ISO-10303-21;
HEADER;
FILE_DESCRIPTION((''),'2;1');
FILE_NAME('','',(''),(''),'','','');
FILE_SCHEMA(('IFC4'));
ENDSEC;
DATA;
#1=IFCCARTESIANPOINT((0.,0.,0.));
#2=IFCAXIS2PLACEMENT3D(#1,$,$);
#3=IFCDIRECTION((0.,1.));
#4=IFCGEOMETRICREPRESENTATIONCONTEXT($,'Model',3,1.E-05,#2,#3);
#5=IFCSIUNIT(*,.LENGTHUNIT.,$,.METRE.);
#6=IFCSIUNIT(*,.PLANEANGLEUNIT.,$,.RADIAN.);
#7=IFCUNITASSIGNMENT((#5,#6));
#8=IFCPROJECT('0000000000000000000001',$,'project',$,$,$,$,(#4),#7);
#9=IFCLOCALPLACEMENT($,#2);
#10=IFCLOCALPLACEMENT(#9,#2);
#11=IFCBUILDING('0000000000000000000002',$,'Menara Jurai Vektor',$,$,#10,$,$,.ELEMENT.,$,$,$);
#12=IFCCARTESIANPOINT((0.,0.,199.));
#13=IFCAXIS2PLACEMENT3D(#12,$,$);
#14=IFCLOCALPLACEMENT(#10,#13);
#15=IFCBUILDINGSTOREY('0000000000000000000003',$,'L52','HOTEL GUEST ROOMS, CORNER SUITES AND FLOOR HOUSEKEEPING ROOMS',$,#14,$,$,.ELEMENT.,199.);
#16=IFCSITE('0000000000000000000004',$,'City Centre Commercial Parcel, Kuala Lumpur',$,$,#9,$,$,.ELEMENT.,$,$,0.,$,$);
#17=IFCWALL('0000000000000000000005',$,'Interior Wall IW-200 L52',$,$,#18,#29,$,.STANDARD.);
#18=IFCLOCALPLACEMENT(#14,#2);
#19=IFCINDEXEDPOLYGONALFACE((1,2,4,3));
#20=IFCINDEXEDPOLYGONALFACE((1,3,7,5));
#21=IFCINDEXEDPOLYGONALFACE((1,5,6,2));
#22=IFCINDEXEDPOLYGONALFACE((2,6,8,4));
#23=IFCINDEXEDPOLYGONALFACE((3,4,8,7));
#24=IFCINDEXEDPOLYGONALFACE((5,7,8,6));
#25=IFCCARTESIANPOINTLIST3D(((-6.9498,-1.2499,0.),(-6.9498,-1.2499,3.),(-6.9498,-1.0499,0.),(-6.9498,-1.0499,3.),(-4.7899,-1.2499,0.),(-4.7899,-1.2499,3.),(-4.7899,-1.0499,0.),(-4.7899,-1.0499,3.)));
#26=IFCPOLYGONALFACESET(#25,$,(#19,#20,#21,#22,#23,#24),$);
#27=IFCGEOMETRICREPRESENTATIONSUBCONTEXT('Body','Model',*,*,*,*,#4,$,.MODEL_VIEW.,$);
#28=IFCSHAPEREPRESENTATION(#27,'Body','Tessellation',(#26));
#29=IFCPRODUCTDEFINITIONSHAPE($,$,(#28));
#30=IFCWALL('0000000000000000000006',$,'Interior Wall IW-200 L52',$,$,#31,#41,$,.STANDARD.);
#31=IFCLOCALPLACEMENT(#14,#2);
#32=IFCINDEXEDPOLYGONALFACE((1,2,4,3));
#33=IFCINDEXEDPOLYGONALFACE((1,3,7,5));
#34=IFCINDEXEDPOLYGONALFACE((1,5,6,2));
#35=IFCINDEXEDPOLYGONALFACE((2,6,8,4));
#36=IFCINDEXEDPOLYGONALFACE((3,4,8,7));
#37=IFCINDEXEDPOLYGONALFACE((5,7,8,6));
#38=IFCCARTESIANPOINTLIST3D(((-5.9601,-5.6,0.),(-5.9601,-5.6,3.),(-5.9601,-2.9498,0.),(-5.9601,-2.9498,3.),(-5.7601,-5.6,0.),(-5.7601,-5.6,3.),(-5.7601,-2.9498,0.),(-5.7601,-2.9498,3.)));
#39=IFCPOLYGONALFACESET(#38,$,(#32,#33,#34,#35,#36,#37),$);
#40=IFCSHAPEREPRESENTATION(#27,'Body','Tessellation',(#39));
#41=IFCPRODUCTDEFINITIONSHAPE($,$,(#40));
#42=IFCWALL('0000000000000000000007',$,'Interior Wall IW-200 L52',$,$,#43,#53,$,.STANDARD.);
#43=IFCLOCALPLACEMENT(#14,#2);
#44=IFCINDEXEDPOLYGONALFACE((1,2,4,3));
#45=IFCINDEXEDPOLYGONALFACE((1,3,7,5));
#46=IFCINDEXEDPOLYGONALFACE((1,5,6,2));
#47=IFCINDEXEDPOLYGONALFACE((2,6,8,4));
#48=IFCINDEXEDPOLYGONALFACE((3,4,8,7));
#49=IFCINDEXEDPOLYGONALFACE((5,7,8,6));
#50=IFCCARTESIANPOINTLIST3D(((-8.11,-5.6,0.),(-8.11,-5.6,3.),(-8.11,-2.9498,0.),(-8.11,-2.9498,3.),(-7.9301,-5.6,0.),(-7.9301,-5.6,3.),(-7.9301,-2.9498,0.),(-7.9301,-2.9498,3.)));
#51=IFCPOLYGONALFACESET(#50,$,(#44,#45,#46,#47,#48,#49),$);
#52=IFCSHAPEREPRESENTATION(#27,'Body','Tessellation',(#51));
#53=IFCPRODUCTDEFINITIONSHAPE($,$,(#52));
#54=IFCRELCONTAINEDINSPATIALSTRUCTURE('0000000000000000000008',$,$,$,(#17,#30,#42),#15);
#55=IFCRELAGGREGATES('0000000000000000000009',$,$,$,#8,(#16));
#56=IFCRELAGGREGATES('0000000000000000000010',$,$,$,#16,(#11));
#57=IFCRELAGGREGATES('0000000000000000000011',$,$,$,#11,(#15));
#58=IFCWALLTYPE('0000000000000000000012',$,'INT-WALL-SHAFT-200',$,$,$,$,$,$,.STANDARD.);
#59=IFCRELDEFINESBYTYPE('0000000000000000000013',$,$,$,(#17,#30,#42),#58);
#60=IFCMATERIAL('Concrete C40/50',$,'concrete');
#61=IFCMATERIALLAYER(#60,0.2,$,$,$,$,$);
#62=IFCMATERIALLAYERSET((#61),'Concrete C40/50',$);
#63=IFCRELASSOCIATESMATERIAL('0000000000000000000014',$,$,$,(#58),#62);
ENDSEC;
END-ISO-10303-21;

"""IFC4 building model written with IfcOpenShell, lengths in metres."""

from ifc_helpers import new_model, si_unit, direction, frame, frame_2d, origin, place, context, subcontext, project, spatial, rectangle, extrude, material, layer, layer_set, type_object, element, save


model = new_model("IFC4")

# Units and contexts
model_context = context("Model", 3, precision=1e-05, world=origin(), true_north=direction((0.0, 1.0)))
body_context = subcontext(model_context, "Body", "Model", "MODEL_VIEW")
ifc_project = project(units=[si_unit("LENGTHUNIT", "METRE"), si_unit("PLANEANGLEUNIT", "RADIAN")], contexts=[model_context])

# Site, building, storey
site_placement = place(None, origin())
site = spatial("IfcSite", under=ifc_project, at=site_placement, Name="City Centre Commercial Parcel, Kuala Lumpur", CompositionType="ELEMENT", RefElevation=0.0)
building_placement = place(site_placement, origin())
building = spatial("IfcBuilding", under=site, at=building_placement, Name="Menara Jurai Vektor", CompositionType="ELEMENT")
storey_placement = place(building_placement, frame((0.0, 0.0, 199.0)))
storey = spatial("IfcBuildingStorey", under=building, at=storey_placement, Name="L52", Description="HOTEL GUEST ROOMS, CORNER SUITES AND FLOOR HOUSEKEEPING ROOMS", CompositionType="ELEMENT", Elevation=199.0)

# Shared definitions
ifc_material_1 = material(Name="Concrete C40/50", Category="concrete")
ifc_layer_1 = layer(ifc_material_1, 0.2)
ifc_layer_set_1 = layer_set([ifc_layer_1], Name="Concrete C40/50")
wall_type_1 = type_object("IfcWallType", Name="INT-WALL-SHAFT-200", PredefinedType="STANDARD", material=ifc_layer_set_1)

# Walls
wall_1_placement = place(storey_placement, frame((-6.95, -1.1499, 0.0), z_axis=(0.0, 0.0, 1.0), x_axis=(1.0, 0.0, 0.0)))
element("IfcWall", 1, at=wall_1_placement, inside=storey, type_object=wall_type_1, Name="Interior Wall IW-200 L52", PredefinedType="STANDARD", context=body_context, shape_type="SweptSolid", body=[
    extrude(rectangle(XDim=2.1599, YDim=0.2, at=frame_2d((1.0801, 0.0))), origin(), (0.0, 0.0, 1.0), 3.0),
])
wall_2_placement = place(storey_placement, frame((-5.8601, -5.6001, 0.0), z_axis=(0.0, 0.0, 1.0), x_axis=(0.0, 1.0, 0.0)))
element("IfcWall", 2, at=wall_2_placement, inside=storey, type_object=wall_type_1, Name="Interior Wall IW-200 L52", PredefinedType="STANDARD", context=body_context, shape_type="SweptSolid", body=[
    extrude(rectangle(XDim=2.6501, YDim=0.2, at=frame_2d((1.3252, 0.0))), origin(), (0.0, 0.0, 1.0), 3.0),
])
wall_3_placement = place(storey_placement, frame((-8.02, -5.6001, 0.0), z_axis=(0.0, 0.0, 1.0), x_axis=(0.0, 1.0, 0.0)))
element("IfcWall", 3, at=wall_3_placement, inside=storey, type_object=wall_type_1, Name="Interior Wall IW-200 L52", PredefinedType="STANDARD", context=body_context, shape_type="SweptSolid", body=[
    extrude(rectangle(XDim=2.6501, YDim=0.1799, at=frame_2d((1.3252, 0.0))), origin(), (0.0, 0.0, 1.0), 3.0),
])

save(model, "model.ifc")
